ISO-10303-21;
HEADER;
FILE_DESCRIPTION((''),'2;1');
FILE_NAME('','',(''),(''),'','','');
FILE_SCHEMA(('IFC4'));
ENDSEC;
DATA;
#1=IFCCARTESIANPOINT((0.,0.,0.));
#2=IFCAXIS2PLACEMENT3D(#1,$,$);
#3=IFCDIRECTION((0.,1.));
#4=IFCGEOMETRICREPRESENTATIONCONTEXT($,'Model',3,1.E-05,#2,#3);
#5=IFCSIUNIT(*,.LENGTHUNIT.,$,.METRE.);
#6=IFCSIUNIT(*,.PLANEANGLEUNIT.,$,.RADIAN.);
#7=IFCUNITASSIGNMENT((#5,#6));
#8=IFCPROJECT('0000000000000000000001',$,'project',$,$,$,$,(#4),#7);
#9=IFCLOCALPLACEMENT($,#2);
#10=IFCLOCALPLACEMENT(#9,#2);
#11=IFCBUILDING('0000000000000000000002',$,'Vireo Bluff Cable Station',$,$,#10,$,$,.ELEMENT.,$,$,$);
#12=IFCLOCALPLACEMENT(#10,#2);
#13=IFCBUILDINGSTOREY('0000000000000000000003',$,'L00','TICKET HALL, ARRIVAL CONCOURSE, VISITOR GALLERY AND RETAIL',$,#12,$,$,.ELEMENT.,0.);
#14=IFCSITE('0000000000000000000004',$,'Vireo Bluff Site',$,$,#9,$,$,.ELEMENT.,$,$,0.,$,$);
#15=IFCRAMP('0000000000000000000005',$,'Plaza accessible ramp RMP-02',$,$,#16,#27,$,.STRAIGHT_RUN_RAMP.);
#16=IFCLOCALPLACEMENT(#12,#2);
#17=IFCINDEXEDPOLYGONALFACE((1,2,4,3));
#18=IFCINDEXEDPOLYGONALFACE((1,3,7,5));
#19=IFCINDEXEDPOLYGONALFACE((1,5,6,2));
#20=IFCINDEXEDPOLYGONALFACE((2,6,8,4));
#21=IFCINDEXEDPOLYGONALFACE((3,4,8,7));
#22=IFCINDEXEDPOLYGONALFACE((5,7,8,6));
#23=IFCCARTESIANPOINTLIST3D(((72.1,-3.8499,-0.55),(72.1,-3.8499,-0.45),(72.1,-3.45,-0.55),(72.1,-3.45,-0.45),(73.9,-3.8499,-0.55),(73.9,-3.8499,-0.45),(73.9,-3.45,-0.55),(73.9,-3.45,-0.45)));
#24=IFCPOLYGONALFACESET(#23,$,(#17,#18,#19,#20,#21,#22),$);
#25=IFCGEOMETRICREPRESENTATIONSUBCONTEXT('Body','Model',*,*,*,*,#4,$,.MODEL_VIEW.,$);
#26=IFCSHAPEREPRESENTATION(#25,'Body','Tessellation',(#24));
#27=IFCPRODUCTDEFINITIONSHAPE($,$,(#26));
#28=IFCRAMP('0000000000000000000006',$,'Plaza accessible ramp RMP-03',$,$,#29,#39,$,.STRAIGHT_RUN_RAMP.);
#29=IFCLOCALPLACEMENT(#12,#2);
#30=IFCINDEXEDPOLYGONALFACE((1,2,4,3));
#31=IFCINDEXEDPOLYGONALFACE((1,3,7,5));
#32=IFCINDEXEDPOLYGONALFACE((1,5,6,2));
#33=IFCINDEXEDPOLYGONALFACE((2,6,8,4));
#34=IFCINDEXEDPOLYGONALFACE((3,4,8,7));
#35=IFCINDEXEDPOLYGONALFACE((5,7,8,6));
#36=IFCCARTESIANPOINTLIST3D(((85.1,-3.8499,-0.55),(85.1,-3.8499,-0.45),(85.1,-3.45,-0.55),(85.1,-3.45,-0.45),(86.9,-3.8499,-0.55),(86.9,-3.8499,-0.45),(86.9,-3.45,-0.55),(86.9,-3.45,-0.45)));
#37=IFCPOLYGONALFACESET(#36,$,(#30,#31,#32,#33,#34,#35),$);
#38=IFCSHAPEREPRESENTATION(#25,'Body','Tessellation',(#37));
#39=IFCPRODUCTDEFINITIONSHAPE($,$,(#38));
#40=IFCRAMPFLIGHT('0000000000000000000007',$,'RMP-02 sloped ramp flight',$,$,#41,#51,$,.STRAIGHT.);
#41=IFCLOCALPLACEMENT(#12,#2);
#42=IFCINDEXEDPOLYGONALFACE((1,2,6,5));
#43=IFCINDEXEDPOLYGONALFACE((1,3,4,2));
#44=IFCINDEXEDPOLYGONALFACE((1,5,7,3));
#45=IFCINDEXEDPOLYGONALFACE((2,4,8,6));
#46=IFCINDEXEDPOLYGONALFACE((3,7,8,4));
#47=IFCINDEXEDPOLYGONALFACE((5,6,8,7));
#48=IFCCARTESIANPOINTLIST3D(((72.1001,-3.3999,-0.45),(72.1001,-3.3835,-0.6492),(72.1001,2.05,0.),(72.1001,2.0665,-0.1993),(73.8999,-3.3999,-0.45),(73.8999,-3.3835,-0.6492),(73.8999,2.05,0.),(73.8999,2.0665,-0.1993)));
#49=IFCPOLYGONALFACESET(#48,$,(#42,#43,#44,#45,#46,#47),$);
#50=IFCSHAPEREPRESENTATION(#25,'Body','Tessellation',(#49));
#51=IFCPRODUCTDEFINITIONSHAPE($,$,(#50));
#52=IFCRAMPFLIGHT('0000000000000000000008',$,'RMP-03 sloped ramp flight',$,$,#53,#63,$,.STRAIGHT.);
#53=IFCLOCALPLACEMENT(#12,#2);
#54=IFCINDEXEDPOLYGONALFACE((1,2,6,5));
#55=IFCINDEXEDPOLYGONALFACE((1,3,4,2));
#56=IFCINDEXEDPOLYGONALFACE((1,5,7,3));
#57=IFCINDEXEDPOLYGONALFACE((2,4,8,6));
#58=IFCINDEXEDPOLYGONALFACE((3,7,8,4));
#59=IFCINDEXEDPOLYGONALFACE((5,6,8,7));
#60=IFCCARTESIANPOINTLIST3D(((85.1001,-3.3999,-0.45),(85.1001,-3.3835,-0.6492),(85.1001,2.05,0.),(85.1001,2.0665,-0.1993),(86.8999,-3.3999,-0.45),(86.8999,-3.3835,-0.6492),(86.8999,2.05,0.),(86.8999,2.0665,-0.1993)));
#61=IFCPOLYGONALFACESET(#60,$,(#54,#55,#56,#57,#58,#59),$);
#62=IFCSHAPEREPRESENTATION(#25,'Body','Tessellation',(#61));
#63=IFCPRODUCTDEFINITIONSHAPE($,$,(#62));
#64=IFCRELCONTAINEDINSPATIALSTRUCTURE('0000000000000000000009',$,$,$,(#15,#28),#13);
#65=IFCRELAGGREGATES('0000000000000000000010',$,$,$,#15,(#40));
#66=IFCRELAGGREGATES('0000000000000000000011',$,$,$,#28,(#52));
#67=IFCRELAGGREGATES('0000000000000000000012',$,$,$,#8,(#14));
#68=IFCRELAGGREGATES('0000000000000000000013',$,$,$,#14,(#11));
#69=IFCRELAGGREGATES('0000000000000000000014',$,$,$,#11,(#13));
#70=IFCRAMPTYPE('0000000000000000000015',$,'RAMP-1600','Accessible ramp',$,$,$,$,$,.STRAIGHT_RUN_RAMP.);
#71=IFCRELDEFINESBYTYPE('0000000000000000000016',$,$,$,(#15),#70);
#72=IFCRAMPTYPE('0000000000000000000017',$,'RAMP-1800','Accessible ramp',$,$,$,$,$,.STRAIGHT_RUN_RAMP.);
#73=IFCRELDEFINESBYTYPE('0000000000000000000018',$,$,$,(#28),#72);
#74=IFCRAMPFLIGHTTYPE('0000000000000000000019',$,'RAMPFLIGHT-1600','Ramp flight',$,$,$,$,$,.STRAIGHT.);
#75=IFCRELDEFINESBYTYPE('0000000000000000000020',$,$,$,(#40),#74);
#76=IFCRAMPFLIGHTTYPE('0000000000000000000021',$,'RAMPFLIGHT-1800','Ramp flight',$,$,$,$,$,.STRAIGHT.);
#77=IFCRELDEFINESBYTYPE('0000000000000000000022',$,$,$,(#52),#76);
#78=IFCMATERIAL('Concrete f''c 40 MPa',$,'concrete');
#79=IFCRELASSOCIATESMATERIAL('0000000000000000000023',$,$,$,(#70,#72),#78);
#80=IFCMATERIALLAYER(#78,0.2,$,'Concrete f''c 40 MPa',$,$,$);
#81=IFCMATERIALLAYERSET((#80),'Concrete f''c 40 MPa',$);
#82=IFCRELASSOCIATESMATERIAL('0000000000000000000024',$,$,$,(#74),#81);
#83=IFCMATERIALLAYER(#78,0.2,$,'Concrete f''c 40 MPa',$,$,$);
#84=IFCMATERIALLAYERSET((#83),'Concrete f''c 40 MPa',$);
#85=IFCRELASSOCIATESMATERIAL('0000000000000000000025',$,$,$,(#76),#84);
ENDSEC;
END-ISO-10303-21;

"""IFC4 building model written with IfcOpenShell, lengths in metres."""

from ifc_helpers import new_model, si_unit, direction, frame, origin, origin_2d, place, context, subcontext, project, spatial, polyline, rectangle, outline, extrude, material, layer, layer_set, type_object, element, aggregate, save


model = new_model("IFC4")

# Units and contexts
model_context = context("Model", 3, precision=1e-05, world=origin(), true_north=direction((0.0, 1.0)))
body_context = subcontext(model_context, "Body", "Model", "MODEL_VIEW")
ifc_project = project(units=[si_unit("LENGTHUNIT", "METRE"), si_unit("PLANEANGLEUNIT", "RADIAN")], contexts=[model_context])

# Site, building, storey
site_placement = place(None, origin())
site = spatial("IfcSite", under=ifc_project, at=site_placement, Name="Vireo Bluff Site", CompositionType="ELEMENT", RefElevation=0.0)
building_placement = place(site_placement, origin())
building = spatial("IfcBuilding", under=site, at=building_placement, Name="Vireo Bluff Cable Station", CompositionType="ELEMENT")
storey_placement = place(building_placement, origin())
storey = spatial("IfcBuildingStorey", under=building, at=storey_placement, Name="L00", Description="TICKET HALL, ARRIVAL CONCOURSE, VISITOR GALLERY AND RETAIL", CompositionType="ELEMENT", Elevation=0.0)

# Shared definitions
ifc_material_1 = material(Name="Concrete f'c 40 MPa", Category="concrete")

# Ramps
ramp_type_1 = type_object("IfcRampType", Name="RAMP-1600", Description="Accessible ramp", PredefinedType="STRAIGHT_RUN_RAMP", material=ifc_material_1)
ramp_1_placement = place(storey_placement, frame((73.0, -3.6499, -0.55), z_axis=(0.0, 0.0, 1.0), x_axis=(1.0, 0.0, 0.0)))
ramp_1 = element("IfcRamp", 1, at=ramp_1_placement, inside=storey, type_object=ramp_type_1, Name="Plaza accessible ramp RMP-02", PredefinedType="STRAIGHT_RUN_RAMP", context=body_context, shape_type="SweptSolid", body=[
    extrude(rectangle(XDim=1.8, YDim=0.3999, at=origin_2d()), origin(), (0.0, 0.0, 1.0), 0.1001),
])
ramp_type_2 = type_object("IfcRampType", Name="RAMP-1800", Description="Accessible ramp", PredefinedType="STRAIGHT_RUN_RAMP", material=ifc_material_1)
ramp_2_placement = place(storey_placement, frame((86.0, -3.6499, -0.55), z_axis=(0.0, 0.0, 1.0), x_axis=(1.0, 0.0, 0.0)))
ramp_2 = element("IfcRamp", 2, at=ramp_2_placement, inside=storey, type_object=ramp_type_2, Name="Plaza accessible ramp RMP-03", PredefinedType="STRAIGHT_RUN_RAMP", context=body_context, shape_type="SweptSolid", body=[
    extrude(rectangle(XDim=1.8, YDim=0.3999, at=origin_2d()), origin(), (0.0, 0.0, 1.0), 0.1001),
])

# Ramp flights
ifc_layer_1 = layer(ifc_material_1, 0.2, Name="Concrete f'c 40 MPa")
ifc_layer_set_1 = layer_set([ifc_layer_1], Name="Concrete f'c 40 MPa")
ramp_flight_type_1 = type_object("IfcRampFlightType", Name="RAMPFLIGHT-1600", Description="Ramp flight", PredefinedType="STRAIGHT", material=ifc_layer_set_1)
ramp_flight_1_placement = place(storey_placement, frame((73.8999, -3.3999, -0.45), z_axis=(0.0, -0.082281, 0.996609), x_axis=(0.0, 0.996609, 0.082281)))
ramp_flight_1 = element("IfcRampFlight", 3, at=ramp_flight_1_placement, type_object=ramp_flight_type_1, Name="RMP-02 sloped ramp flight", PredefinedType="STRAIGHT", context=body_context, shape_type="SweptSolid", body=[
    extrude(outline(polyline([(0.0, 0.0), (5.4685, 0.0), (5.4685, 1.7998), (0.0, 1.7998), (0.0, 0.0)])), origin(), (0.0, 0.0, -1.0), 0.2),
])
aggregate(ramp_1, [ramp_flight_1])
ifc_layer_2 = layer(ifc_material_1, 0.2, Name="Concrete f'c 40 MPa")
ifc_layer_set_2 = layer_set([ifc_layer_2], Name="Concrete f'c 40 MPa")
ramp_flight_type_2 = type_object("IfcRampFlightType", Name="RAMPFLIGHT-1800", Description="Ramp flight", PredefinedType="STRAIGHT", material=ifc_layer_set_2)
ramp_flight_2_placement = place(storey_placement, frame((86.8999, -3.3999, -0.45), z_axis=(0.0, -0.082281, 0.996609), x_axis=(0.0, 0.996609, 0.082281)))
ramp_flight_2 = element("IfcRampFlight", 4, at=ramp_flight_2_placement, type_object=ramp_flight_type_2, Name="RMP-03 sloped ramp flight", PredefinedType="STRAIGHT", context=body_context, shape_type="SweptSolid", body=[
    extrude(outline(polyline([(0.0, 0.0), (5.4685, 0.0), (5.4685, 1.7998), (0.0, 1.7998), (0.0, 0.0)])), origin(), (0.0, 0.0, -1.0), 0.2),
])
aggregate(ramp_2, [ramp_flight_2])

save(model, "model.ifc")
